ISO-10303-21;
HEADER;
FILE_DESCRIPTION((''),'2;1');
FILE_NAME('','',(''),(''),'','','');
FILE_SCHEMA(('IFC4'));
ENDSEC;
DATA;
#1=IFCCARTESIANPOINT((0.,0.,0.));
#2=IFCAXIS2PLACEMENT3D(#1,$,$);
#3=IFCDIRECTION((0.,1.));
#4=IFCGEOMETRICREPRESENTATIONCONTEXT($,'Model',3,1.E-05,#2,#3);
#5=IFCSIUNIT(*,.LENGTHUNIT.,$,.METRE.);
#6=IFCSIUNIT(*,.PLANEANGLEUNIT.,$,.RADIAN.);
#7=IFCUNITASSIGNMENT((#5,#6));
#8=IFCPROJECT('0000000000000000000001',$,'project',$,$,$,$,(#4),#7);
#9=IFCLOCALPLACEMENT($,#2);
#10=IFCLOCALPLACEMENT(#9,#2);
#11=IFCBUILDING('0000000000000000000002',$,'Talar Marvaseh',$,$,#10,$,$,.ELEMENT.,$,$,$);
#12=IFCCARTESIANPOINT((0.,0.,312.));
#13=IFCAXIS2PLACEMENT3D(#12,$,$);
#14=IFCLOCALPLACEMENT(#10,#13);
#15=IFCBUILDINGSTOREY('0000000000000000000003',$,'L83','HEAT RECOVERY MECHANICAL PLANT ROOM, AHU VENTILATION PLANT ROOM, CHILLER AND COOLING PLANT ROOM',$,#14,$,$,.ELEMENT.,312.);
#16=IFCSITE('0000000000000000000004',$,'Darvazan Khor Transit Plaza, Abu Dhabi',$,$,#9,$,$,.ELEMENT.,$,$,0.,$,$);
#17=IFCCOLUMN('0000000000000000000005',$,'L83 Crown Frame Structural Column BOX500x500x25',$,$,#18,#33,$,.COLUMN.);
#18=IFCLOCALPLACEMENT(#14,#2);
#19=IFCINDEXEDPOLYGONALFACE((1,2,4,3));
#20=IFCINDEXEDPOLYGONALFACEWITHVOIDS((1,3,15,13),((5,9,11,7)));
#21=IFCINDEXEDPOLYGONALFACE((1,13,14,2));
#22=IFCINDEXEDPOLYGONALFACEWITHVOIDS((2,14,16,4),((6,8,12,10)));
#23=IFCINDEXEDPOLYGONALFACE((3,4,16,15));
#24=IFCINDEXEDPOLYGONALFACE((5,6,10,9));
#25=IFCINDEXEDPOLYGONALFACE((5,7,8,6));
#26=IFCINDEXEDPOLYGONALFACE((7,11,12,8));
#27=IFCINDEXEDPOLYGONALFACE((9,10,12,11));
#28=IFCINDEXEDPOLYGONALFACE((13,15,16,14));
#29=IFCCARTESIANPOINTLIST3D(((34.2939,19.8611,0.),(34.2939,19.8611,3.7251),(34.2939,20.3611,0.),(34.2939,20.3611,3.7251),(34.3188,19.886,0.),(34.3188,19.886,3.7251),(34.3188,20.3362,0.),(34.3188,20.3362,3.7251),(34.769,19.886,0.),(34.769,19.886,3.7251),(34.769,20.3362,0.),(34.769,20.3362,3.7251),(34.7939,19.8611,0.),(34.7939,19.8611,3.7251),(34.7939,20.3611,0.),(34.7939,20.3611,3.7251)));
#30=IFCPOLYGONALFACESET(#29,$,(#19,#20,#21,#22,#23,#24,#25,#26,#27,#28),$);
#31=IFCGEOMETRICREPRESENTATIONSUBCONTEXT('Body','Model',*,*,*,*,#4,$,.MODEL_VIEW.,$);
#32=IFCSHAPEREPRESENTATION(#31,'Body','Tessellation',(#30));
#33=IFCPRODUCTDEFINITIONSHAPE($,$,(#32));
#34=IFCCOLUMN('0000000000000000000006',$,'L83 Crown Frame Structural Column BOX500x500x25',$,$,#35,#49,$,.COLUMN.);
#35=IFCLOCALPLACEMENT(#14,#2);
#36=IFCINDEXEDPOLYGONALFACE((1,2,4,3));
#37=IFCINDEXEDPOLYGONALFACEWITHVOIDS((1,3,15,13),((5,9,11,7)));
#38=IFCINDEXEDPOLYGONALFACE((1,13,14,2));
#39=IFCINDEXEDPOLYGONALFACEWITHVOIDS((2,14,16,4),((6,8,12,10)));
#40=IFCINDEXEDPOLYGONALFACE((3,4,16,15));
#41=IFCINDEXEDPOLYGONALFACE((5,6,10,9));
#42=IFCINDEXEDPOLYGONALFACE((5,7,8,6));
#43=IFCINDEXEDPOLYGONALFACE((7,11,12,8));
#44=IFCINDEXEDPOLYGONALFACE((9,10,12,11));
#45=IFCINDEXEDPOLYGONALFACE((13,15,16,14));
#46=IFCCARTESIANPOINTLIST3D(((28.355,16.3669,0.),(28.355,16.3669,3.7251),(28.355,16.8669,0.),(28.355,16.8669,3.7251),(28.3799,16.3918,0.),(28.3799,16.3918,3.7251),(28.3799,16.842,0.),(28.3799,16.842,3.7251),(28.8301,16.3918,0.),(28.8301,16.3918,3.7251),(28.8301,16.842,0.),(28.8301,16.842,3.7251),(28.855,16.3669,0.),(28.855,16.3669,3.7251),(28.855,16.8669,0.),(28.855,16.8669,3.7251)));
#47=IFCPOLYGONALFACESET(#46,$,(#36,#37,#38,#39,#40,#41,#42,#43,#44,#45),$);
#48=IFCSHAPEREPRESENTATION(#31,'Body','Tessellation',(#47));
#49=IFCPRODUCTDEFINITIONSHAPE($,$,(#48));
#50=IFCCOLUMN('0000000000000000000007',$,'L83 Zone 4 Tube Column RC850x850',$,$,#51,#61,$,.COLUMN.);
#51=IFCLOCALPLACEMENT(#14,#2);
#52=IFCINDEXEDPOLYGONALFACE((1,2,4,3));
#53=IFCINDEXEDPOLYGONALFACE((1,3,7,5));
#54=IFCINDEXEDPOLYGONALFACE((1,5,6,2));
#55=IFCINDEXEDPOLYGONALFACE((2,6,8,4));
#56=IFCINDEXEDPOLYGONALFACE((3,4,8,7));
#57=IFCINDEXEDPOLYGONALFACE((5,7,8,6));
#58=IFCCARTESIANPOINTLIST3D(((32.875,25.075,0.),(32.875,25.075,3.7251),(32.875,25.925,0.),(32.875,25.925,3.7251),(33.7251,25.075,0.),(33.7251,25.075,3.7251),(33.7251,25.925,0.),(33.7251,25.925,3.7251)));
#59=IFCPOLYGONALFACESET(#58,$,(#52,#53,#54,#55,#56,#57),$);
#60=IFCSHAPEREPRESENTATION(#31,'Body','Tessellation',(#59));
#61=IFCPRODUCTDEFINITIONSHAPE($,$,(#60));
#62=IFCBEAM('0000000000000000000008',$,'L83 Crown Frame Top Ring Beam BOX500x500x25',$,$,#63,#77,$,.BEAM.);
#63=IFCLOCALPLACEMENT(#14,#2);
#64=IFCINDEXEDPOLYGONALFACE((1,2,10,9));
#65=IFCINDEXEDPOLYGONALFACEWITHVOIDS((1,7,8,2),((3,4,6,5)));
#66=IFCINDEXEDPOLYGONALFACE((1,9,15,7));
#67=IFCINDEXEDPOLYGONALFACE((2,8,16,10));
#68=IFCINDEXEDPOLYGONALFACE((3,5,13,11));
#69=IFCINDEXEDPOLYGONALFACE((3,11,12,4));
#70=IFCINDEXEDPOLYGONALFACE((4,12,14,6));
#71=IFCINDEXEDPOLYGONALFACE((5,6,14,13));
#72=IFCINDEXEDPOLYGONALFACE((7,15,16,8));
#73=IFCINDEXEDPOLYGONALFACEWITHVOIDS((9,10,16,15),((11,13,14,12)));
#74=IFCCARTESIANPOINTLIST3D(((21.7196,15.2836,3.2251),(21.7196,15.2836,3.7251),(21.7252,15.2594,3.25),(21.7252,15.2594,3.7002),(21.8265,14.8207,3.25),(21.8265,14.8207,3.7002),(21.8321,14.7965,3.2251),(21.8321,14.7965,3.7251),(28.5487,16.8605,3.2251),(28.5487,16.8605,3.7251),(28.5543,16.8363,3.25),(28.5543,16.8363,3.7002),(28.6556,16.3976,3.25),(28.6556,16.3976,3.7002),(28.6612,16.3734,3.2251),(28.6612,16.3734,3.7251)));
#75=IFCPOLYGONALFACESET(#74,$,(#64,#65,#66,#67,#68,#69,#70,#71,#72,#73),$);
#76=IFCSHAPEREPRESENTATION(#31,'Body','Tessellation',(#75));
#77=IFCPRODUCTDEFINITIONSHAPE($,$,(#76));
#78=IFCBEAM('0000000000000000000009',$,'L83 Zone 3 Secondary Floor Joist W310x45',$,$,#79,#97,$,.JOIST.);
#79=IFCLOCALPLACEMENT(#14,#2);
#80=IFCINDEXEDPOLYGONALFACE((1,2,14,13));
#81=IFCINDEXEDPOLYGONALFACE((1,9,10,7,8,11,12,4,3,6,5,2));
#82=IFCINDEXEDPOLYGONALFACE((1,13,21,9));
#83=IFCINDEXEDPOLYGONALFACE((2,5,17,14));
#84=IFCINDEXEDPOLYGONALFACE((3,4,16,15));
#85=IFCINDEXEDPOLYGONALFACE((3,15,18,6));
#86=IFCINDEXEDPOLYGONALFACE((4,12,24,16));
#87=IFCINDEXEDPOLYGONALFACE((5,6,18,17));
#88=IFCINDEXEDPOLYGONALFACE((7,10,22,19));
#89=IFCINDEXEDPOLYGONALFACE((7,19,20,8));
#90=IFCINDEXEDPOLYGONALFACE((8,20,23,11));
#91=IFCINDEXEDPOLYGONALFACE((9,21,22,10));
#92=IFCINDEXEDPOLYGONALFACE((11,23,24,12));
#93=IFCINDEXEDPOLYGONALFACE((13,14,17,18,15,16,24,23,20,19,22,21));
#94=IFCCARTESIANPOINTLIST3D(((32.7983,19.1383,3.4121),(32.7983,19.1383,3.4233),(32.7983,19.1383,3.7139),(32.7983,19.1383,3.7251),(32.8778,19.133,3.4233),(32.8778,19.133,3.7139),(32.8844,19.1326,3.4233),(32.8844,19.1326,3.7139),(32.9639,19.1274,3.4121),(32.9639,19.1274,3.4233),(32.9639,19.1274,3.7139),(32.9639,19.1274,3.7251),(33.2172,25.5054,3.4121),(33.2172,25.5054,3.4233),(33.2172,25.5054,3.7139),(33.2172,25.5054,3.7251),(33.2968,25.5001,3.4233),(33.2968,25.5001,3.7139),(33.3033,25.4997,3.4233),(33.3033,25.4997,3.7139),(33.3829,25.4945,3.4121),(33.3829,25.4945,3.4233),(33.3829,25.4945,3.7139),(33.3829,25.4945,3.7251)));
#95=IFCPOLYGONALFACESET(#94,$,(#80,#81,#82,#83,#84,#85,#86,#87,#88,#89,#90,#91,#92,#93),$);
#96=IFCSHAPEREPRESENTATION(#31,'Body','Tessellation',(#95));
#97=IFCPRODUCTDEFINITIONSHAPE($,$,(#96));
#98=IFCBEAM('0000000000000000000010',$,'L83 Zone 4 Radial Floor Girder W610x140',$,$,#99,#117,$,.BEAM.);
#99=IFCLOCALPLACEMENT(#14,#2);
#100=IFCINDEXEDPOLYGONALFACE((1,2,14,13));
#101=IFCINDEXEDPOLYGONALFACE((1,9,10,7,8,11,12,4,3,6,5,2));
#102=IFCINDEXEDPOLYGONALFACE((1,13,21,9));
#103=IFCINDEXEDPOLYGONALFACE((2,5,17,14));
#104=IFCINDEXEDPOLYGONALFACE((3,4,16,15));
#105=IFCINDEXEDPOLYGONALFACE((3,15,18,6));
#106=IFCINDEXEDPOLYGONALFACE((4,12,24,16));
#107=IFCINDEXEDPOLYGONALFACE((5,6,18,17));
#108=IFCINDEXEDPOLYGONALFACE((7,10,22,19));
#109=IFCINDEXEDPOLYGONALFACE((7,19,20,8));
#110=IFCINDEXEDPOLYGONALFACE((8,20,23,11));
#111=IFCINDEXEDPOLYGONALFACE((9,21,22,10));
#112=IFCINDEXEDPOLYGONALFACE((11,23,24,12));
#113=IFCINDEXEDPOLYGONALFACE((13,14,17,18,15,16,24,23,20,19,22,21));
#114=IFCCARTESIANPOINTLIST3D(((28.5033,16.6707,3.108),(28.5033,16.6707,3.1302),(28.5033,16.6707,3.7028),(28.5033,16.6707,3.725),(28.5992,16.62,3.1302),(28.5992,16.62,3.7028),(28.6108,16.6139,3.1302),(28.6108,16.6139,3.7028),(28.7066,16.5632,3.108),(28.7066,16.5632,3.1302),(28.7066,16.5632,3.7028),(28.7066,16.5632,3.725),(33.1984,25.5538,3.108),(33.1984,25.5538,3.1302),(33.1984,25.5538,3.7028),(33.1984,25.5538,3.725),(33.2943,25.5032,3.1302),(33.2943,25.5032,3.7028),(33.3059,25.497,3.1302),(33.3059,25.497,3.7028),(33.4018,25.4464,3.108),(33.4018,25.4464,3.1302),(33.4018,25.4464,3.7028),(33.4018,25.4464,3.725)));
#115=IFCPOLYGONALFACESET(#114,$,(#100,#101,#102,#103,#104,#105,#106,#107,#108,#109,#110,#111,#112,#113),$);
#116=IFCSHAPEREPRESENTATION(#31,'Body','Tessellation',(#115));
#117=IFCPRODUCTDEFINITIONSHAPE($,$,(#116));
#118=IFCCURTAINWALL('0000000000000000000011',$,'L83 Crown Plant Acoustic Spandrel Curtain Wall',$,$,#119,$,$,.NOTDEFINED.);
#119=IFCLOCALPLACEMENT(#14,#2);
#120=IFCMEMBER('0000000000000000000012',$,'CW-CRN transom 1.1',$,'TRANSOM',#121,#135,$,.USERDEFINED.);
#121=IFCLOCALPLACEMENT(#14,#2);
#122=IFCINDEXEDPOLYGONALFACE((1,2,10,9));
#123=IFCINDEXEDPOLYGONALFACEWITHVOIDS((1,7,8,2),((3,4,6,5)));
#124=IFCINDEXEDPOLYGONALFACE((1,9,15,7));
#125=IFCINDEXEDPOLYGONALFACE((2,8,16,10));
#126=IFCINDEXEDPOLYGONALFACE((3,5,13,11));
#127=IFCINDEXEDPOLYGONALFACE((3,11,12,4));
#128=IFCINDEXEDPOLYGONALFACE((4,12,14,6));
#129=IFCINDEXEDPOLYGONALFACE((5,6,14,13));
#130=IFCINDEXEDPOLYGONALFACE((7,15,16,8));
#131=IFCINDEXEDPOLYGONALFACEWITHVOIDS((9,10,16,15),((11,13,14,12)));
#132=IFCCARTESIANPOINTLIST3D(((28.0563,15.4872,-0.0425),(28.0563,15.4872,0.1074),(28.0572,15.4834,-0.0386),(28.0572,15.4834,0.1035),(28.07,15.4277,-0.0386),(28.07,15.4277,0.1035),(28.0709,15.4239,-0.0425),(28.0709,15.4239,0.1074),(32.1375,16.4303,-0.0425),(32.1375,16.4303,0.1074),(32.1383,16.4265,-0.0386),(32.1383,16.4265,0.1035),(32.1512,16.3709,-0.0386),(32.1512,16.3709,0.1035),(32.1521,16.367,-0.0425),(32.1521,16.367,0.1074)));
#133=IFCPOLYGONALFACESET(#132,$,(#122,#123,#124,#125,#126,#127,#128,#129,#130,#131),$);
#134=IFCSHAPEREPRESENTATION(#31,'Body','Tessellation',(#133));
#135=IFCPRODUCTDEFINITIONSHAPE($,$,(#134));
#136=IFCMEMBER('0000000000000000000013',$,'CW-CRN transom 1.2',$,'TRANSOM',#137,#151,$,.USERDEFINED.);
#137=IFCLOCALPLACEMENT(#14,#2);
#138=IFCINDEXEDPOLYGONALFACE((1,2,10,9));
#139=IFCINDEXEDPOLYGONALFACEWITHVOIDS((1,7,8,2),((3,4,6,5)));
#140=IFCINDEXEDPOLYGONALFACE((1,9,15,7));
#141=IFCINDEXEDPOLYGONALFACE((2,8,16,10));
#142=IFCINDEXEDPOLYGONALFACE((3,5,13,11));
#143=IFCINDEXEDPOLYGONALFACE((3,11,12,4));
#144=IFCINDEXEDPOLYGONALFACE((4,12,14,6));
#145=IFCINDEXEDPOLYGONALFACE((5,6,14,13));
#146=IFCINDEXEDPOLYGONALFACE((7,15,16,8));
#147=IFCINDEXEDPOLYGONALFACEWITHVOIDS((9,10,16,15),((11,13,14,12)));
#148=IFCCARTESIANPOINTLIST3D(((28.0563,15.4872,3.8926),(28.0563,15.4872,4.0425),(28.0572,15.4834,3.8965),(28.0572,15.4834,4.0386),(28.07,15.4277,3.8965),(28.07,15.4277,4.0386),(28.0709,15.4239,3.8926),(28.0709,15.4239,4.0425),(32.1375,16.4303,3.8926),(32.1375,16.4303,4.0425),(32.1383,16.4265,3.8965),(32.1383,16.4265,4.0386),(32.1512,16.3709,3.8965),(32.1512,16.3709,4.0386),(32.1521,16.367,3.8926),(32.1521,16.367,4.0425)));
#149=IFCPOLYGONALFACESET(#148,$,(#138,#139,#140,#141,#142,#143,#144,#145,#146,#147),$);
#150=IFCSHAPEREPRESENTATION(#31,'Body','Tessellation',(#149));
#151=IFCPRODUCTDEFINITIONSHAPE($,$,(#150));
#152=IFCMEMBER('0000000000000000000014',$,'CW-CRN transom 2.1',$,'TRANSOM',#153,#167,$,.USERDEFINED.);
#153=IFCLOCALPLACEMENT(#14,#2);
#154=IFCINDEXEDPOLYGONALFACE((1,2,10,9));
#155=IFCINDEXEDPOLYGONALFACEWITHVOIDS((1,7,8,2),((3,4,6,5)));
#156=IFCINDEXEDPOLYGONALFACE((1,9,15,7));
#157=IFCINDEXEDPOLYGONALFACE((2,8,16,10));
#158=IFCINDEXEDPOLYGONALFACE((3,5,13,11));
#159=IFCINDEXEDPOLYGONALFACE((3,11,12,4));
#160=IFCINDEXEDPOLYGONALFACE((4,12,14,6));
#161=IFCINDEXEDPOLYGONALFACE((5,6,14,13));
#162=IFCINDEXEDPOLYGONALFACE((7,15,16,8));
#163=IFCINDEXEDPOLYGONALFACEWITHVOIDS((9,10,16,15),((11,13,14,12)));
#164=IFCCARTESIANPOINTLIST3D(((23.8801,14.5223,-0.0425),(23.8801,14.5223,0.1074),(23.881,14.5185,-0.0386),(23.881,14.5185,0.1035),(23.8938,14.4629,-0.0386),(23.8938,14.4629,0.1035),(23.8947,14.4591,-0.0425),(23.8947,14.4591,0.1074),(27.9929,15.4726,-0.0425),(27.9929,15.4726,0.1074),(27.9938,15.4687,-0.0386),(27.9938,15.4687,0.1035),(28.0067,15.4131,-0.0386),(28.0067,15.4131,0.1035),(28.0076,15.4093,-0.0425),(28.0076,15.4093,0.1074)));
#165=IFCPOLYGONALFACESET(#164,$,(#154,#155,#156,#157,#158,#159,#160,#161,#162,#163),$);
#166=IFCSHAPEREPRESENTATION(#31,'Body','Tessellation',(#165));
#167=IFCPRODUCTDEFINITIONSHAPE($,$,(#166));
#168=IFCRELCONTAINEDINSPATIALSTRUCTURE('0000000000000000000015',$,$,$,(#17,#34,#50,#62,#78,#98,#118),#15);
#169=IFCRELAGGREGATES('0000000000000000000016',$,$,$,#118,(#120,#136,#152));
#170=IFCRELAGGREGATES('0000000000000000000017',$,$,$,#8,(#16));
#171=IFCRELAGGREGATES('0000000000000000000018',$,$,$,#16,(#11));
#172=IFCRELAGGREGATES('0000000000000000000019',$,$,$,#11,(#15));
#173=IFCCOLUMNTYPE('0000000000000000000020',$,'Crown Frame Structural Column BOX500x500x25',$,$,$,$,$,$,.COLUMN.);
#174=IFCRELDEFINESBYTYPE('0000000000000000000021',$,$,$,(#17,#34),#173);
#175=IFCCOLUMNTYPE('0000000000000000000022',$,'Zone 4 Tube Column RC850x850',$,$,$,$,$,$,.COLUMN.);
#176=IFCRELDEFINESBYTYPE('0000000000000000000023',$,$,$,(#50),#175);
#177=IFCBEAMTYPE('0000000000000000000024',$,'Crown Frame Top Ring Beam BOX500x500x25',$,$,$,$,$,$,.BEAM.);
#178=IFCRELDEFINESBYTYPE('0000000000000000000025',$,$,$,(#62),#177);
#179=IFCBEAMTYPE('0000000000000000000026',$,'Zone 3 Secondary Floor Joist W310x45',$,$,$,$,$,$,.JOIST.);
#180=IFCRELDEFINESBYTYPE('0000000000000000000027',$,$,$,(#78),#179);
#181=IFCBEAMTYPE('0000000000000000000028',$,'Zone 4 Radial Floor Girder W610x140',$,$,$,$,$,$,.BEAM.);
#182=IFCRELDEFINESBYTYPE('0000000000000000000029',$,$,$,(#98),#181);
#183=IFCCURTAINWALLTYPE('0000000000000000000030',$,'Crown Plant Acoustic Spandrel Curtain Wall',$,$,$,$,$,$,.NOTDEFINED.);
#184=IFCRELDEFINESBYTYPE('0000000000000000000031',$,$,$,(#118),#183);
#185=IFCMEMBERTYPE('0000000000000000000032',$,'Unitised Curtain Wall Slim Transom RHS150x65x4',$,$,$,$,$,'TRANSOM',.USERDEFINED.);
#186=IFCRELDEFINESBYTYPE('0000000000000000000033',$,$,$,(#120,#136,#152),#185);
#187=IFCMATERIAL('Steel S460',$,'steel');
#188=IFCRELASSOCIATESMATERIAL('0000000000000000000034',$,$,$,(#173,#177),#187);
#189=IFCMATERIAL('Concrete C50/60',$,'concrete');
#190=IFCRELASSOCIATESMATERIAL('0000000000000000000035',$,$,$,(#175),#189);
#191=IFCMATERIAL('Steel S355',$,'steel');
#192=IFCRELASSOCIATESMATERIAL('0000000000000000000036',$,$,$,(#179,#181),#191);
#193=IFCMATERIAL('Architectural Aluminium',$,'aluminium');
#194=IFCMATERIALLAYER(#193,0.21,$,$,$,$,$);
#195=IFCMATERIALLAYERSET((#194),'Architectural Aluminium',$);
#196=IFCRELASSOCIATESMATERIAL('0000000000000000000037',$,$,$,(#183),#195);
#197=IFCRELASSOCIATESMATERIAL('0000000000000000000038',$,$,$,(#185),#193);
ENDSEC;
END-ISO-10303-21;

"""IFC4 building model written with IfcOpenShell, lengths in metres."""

from ifc_helpers import new_model, si_unit, direction, frame, origin, origin_2d, place, context, subcontext, project, spatial, rectangle, hollow_rectangle, i_section, extrude, source, transform, mapped, material, layer, layer_set, material_profile, profile_set, type_object, type_shapes, element, aggregate, save


model = new_model("IFC4")

# Units and contexts
model_context = context("Model", 3, precision=1e-05, world=origin(), true_north=direction((0.0, 1.0)))
body_context = subcontext(model_context, "Body", "Model", "MODEL_VIEW")
ifc_project = project(units=[si_unit("LENGTHUNIT", "METRE"), si_unit("PLANEANGLEUNIT", "RADIAN")], contexts=[model_context])

# Site, building, storey
site_placement = place(None, origin())
site = spatial("IfcSite", under=ifc_project, at=site_placement, Name="Darvazan Khor Transit Plaza, Abu Dhabi", CompositionType="ELEMENT", RefElevation=0.0)
building_placement = place(site_placement, origin())
building = spatial("IfcBuilding", under=site, at=building_placement, Name="Talar Marvaseh", CompositionType="ELEMENT")
storey_placement = place(building_placement, frame((0.0, 0.0, 312.0)))
storey = spatial("IfcBuildingStorey", under=building, at=storey_placement, Name="L83", Description="HEAT RECOVERY MECHANICAL PLANT ROOM, AHU VENTILATION PLANT ROOM, CHILLER AND COOLING PLANT ROOM", CompositionType="ELEMENT", Elevation=312.0)

# Columns
ifc_material_1 = material(Name="Steel S460", Category="steel")
ifc_material_profile_1 = material_profile(ifc_material_1, hollow_rectangle(XDim=0.5, YDim=0.5, WallThickness=0.0249, at=origin_2d()), Name="BOX500x500x25")
ifc_profile_set_1 = profile_set([ifc_material_profile_1], Name="Steel S460")
column_type_1 = type_object("IfcColumnType", Name="Crown Frame Structural Column BOX500x500x25", PredefinedType="COLUMN", material=ifc_profile_set_1)
for number, where, z_axis, x_axis, name in (
    (1, (34.5439, 20.1111, 0.0), (0.0, 0.0, 1.0), (1.0, 0.0, 0.0), "L83 Crown Frame Structural Column BOX500x500x25"),
    (2, (28.605, 16.6169, 0.0), (0.0, 0.0, 1.0), (1.0, 0.0, 0.0), "L83 Crown Frame Structural Column BOX500x500x25"),
):
    element("IfcColumn", number, at=place(storey_placement, frame(where, z_axis=z_axis, x_axis=x_axis)), inside=storey, type_object=column_type_1, Name=name, PredefinedType="COLUMN", context=body_context, shape_type="SweptSolid", body=[
        extrude(hollow_rectangle(XDim=0.5, YDim=0.5, WallThickness=0.0249, at=origin_2d()), origin(), (0.0, 0.0, 1.0), 3.7251),
    ])
ifc_material_2 = material(Name="Concrete C50/60", Category="concrete")
ifc_material_profile_2 = material_profile(ifc_material_2, rectangle(XDim=0.8501, YDim=0.8501, at=origin_2d()), Name="RC850x850")
ifc_profile_set_2 = profile_set([ifc_material_profile_2], Name="Concrete C50/60")
column_type_2 = type_object("IfcColumnType", Name="Zone 4 Tube Column RC850x850", PredefinedType="COLUMN", material=ifc_profile_set_2)
column_placement = place(storey_placement, frame((33.3, 25.5, 0.0), z_axis=(0.0, 0.0, 1.0), x_axis=(1.0, 0.0, 0.0)))
element("IfcColumn", 3, at=column_placement, inside=storey, type_object=column_type_2, Name="L83 Zone 4 Tube Column RC850x850", PredefinedType="COLUMN", context=body_context, shape_type="SweptSolid", body=[
    extrude(rectangle(XDim=0.8501, YDim=0.8501, at=origin_2d()), origin(), (0.0, 0.0, 1.0), 3.7251),
])

# Beams
ifc_material_profile_3 = material_profile(ifc_material_1, hollow_rectangle(XDim=0.5, YDim=0.5, WallThickness=0.0249, at=origin_2d()), Name="BOX500x500x25")
ifc_profile_set_3 = profile_set([ifc_material_profile_3], Name="Steel S460")
beam_type_1 = type_object("IfcBeamType", Name="Crown Frame Top Ring Beam BOX500x500x25", PredefinedType="BEAM", material=ifc_profile_set_3)
beam_1_placement = place(storey_placement, frame((28.605, 16.6169, 3.4751), z_axis=(-0.974361, -0.224989, 0.0), x_axis=(0.224989, -0.974361, 0.0)))
element("IfcBeam", 4, at=beam_1_placement, inside=storey, type_object=beam_type_1, Name="L83 Crown Frame Top Ring Beam BOX500x500x25", PredefinedType="BEAM", context=body_context, shape_type="SweptSolid", body=[
    extrude(hollow_rectangle(XDim=0.5, YDim=0.5, WallThickness=0.0249, at=origin_2d()), origin(), (0.0, 0.0, 1.0), 7.0088),
])
ifc_material_3 = material(Name="Steel S355", Category="steel")
ifc_material_profile_4 = material_profile(ifc_material_3, i_section(OverallWidth=0.166, OverallDepth=0.313, WebThickness=0.0066, FlangeThickness=0.0112, at=origin_2d()), Name="W310x45")
ifc_profile_set_4 = profile_set([ifc_material_profile_4], Name="Steel S355")
beam_type_2 = type_object("IfcBeamType", Name="Zone 3 Secondary Floor Joist W310x45", PredefinedType="JOIST", material=ifc_profile_set_4)
beam_2_placement = place(storey_placement, frame((32.8811, 19.1328, 3.5686), z_axis=(0.065656, 0.997842, 0.0), x_axis=(-0.997842, 0.065656, 0.0)))
element("IfcBeam", 5, at=beam_2_placement, inside=storey, type_object=beam_type_2, Name="L83 Zone 3 Secondary Floor Joist W310x45", PredefinedType="JOIST", context=body_context, shape_type="SweptSolid", body=[
    extrude(i_section(OverallWidth=0.166, OverallDepth=0.313, WebThickness=0.0066, FlangeThickness=0.0112, at=origin_2d()), origin(), (0.0, 0.0, 1.0), 6.3809),
])
ifc_material_profile_5 = material_profile(ifc_material_3, i_section(OverallWidth=0.23, OverallDepth=0.6169, WebThickness=0.0132, FlangeThickness=0.0222, at=origin_2d()), Name="W610x140")
ifc_profile_set_5 = profile_set([ifc_material_profile_5], Name="Steel S355")
beam_type_3 = type_object("IfcBeamType", Name="Zone 4 Radial Floor Girder W610x140", PredefinedType="BEAM", material=ifc_profile_set_5)
beam_3_placement = place(storey_placement, frame((28.605, 16.6169, 3.4165), z_axis=(0.467287, 0.884106, 0.0), x_axis=(-0.884106, 0.467287, 0.0)))
element("IfcBeam", 6, at=beam_3_placement, inside=storey, type_object=beam_type_3, Name="L83 Zone 4 Radial Floor Girder W610x140", PredefinedType="BEAM", context=body_context, shape_type="SweptSolid", body=[
    extrude(i_section(OverallWidth=0.23, OverallDepth=0.6169, WebThickness=0.0132, FlangeThickness=0.0222, at=origin_2d()), origin(), (0.0, 0.0, 1.0), 10.0476),
])

# Curtain wall, members
ifc_material_4 = material(Name="Architectural Aluminium", Category="aluminium")
ifc_layer_1 = layer(ifc_material_4, 0.21)
ifc_layer_set_1 = layer_set([ifc_layer_1], Name="Architectural Aluminium")
curtain_wall_type = type_object("IfcCurtainWallType", Name="Crown Plant Acoustic Spandrel Curtain Wall", PredefinedType="NOTDEFINED", material=ifc_layer_set_1)
curtain_wall_1_placement = place(storey_placement, origin())
curtain_wall_1 = element("IfcCurtainWall", 7, at=curtain_wall_1_placement, inside=storey, type_object=curtain_wall_type, Name="L83 Crown Plant Acoustic Spandrel Curtain Wall", PredefinedType="NOTDEFINED")
ifc_material_profile_6 = material_profile(ifc_material_4, hollow_rectangle(XDim=0.0649, YDim=0.1499, WallThickness=0.0039, at=origin_2d()), Name="RHS150x65x4")
ifc_profile_set_6 = profile_set([ifc_material_profile_6], Name="Architectural Aluminium")
member_type_1 = type_object("IfcMemberType", Name="Unitised Curtain Wall Slim Transom RHS150x65x4", ElementType="TRANSOM", PredefinedType="USERDEFINED", material=ifc_profile_set_6)
shared_shape_1 = source(origin(), body_context, "Body", "SweptSolid", [
    extrude(hollow_rectangle(XDim=0.0649, YDim=0.1499, WallThickness=0.0039, at=origin_2d()), origin(), (0.0, 0.0, 1.0), 4.1887),
])
member_1_placement = place(storey_placement, frame((32.1448, 16.3987, 0.0325), z_axis=(-0.974321, -0.225162, 0.0), x_axis=(0.225162, -0.974321, 0.0)))
member_1 = element("IfcMember", 8, at=member_1_placement, type_object=member_type_1, Name="CW-CRN transom 1.1", ObjectType="TRANSOM", PredefinedType="USERDEFINED", context=body_context, shape_type="MappedRepresentation", body=[
    mapped(shared_shape_1, transform((0.0, 0.0, 0.0), x_axis=(1.0, 0.0, 0.0), y_axis=(0.0, 1.0, 0.0), z_axis=(0.0, 0.0, 1.0), scale=1.0)),
])
member_2_placement = place(storey_placement, frame((32.1448, 16.3987, 3.9675), z_axis=(-0.974321, -0.225162, 0.0), x_axis=(0.225162, -0.974321, 0.0)))
member_2 = element("IfcMember", 9, at=member_2_placement, type_object=member_type_1, Name="CW-CRN transom 1.2", ObjectType="TRANSOM", PredefinedType="USERDEFINED", context=body_context, shape_type="MappedRepresentation", body=[
    mapped(shared_shape_1, transform((0.0, 0.0, 0.0), x_axis=(1.0, 0.0, 0.0), y_axis=(0.0, 1.0, 0.0), z_axis=(0.0, 0.0, 1.0), scale=1.0)),
])
shared_shape_2 = source(origin(), body_context, "Body", "SweptSolid", [
    extrude(hollow_rectangle(XDim=0.0649, YDim=0.1499, WallThickness=0.0039, at=origin_2d()), origin(), (0.0, 0.0, 1.0), 4.2212),
])
type_shapes(member_type_1, [shared_shape_1, shared_shape_2])
member_3_placement = place(storey_placement, frame((28.0002, 15.4409, 0.0325), z_axis=(-0.974335, -0.225104, 0.0), x_axis=(0.225104, -0.974335, 0.0)))
member_3 = element("IfcMember", 10, at=member_3_placement, type_object=member_type_1, Name="CW-CRN transom 2.1", ObjectType="TRANSOM", PredefinedType="USERDEFINED", context=body_context, shape_type="MappedRepresentation", body=[
    mapped(shared_shape_2, transform((0.0, 0.0, 0.0), x_axis=(1.0, 0.0, 0.0), y_axis=(0.0, 1.0, 0.0), z_axis=(0.0, 0.0, 1.0), scale=1.0)),
])

aggregate(curtain_wall_1, [member_1, member_2, member_3])

save(model, "model.ifc")
